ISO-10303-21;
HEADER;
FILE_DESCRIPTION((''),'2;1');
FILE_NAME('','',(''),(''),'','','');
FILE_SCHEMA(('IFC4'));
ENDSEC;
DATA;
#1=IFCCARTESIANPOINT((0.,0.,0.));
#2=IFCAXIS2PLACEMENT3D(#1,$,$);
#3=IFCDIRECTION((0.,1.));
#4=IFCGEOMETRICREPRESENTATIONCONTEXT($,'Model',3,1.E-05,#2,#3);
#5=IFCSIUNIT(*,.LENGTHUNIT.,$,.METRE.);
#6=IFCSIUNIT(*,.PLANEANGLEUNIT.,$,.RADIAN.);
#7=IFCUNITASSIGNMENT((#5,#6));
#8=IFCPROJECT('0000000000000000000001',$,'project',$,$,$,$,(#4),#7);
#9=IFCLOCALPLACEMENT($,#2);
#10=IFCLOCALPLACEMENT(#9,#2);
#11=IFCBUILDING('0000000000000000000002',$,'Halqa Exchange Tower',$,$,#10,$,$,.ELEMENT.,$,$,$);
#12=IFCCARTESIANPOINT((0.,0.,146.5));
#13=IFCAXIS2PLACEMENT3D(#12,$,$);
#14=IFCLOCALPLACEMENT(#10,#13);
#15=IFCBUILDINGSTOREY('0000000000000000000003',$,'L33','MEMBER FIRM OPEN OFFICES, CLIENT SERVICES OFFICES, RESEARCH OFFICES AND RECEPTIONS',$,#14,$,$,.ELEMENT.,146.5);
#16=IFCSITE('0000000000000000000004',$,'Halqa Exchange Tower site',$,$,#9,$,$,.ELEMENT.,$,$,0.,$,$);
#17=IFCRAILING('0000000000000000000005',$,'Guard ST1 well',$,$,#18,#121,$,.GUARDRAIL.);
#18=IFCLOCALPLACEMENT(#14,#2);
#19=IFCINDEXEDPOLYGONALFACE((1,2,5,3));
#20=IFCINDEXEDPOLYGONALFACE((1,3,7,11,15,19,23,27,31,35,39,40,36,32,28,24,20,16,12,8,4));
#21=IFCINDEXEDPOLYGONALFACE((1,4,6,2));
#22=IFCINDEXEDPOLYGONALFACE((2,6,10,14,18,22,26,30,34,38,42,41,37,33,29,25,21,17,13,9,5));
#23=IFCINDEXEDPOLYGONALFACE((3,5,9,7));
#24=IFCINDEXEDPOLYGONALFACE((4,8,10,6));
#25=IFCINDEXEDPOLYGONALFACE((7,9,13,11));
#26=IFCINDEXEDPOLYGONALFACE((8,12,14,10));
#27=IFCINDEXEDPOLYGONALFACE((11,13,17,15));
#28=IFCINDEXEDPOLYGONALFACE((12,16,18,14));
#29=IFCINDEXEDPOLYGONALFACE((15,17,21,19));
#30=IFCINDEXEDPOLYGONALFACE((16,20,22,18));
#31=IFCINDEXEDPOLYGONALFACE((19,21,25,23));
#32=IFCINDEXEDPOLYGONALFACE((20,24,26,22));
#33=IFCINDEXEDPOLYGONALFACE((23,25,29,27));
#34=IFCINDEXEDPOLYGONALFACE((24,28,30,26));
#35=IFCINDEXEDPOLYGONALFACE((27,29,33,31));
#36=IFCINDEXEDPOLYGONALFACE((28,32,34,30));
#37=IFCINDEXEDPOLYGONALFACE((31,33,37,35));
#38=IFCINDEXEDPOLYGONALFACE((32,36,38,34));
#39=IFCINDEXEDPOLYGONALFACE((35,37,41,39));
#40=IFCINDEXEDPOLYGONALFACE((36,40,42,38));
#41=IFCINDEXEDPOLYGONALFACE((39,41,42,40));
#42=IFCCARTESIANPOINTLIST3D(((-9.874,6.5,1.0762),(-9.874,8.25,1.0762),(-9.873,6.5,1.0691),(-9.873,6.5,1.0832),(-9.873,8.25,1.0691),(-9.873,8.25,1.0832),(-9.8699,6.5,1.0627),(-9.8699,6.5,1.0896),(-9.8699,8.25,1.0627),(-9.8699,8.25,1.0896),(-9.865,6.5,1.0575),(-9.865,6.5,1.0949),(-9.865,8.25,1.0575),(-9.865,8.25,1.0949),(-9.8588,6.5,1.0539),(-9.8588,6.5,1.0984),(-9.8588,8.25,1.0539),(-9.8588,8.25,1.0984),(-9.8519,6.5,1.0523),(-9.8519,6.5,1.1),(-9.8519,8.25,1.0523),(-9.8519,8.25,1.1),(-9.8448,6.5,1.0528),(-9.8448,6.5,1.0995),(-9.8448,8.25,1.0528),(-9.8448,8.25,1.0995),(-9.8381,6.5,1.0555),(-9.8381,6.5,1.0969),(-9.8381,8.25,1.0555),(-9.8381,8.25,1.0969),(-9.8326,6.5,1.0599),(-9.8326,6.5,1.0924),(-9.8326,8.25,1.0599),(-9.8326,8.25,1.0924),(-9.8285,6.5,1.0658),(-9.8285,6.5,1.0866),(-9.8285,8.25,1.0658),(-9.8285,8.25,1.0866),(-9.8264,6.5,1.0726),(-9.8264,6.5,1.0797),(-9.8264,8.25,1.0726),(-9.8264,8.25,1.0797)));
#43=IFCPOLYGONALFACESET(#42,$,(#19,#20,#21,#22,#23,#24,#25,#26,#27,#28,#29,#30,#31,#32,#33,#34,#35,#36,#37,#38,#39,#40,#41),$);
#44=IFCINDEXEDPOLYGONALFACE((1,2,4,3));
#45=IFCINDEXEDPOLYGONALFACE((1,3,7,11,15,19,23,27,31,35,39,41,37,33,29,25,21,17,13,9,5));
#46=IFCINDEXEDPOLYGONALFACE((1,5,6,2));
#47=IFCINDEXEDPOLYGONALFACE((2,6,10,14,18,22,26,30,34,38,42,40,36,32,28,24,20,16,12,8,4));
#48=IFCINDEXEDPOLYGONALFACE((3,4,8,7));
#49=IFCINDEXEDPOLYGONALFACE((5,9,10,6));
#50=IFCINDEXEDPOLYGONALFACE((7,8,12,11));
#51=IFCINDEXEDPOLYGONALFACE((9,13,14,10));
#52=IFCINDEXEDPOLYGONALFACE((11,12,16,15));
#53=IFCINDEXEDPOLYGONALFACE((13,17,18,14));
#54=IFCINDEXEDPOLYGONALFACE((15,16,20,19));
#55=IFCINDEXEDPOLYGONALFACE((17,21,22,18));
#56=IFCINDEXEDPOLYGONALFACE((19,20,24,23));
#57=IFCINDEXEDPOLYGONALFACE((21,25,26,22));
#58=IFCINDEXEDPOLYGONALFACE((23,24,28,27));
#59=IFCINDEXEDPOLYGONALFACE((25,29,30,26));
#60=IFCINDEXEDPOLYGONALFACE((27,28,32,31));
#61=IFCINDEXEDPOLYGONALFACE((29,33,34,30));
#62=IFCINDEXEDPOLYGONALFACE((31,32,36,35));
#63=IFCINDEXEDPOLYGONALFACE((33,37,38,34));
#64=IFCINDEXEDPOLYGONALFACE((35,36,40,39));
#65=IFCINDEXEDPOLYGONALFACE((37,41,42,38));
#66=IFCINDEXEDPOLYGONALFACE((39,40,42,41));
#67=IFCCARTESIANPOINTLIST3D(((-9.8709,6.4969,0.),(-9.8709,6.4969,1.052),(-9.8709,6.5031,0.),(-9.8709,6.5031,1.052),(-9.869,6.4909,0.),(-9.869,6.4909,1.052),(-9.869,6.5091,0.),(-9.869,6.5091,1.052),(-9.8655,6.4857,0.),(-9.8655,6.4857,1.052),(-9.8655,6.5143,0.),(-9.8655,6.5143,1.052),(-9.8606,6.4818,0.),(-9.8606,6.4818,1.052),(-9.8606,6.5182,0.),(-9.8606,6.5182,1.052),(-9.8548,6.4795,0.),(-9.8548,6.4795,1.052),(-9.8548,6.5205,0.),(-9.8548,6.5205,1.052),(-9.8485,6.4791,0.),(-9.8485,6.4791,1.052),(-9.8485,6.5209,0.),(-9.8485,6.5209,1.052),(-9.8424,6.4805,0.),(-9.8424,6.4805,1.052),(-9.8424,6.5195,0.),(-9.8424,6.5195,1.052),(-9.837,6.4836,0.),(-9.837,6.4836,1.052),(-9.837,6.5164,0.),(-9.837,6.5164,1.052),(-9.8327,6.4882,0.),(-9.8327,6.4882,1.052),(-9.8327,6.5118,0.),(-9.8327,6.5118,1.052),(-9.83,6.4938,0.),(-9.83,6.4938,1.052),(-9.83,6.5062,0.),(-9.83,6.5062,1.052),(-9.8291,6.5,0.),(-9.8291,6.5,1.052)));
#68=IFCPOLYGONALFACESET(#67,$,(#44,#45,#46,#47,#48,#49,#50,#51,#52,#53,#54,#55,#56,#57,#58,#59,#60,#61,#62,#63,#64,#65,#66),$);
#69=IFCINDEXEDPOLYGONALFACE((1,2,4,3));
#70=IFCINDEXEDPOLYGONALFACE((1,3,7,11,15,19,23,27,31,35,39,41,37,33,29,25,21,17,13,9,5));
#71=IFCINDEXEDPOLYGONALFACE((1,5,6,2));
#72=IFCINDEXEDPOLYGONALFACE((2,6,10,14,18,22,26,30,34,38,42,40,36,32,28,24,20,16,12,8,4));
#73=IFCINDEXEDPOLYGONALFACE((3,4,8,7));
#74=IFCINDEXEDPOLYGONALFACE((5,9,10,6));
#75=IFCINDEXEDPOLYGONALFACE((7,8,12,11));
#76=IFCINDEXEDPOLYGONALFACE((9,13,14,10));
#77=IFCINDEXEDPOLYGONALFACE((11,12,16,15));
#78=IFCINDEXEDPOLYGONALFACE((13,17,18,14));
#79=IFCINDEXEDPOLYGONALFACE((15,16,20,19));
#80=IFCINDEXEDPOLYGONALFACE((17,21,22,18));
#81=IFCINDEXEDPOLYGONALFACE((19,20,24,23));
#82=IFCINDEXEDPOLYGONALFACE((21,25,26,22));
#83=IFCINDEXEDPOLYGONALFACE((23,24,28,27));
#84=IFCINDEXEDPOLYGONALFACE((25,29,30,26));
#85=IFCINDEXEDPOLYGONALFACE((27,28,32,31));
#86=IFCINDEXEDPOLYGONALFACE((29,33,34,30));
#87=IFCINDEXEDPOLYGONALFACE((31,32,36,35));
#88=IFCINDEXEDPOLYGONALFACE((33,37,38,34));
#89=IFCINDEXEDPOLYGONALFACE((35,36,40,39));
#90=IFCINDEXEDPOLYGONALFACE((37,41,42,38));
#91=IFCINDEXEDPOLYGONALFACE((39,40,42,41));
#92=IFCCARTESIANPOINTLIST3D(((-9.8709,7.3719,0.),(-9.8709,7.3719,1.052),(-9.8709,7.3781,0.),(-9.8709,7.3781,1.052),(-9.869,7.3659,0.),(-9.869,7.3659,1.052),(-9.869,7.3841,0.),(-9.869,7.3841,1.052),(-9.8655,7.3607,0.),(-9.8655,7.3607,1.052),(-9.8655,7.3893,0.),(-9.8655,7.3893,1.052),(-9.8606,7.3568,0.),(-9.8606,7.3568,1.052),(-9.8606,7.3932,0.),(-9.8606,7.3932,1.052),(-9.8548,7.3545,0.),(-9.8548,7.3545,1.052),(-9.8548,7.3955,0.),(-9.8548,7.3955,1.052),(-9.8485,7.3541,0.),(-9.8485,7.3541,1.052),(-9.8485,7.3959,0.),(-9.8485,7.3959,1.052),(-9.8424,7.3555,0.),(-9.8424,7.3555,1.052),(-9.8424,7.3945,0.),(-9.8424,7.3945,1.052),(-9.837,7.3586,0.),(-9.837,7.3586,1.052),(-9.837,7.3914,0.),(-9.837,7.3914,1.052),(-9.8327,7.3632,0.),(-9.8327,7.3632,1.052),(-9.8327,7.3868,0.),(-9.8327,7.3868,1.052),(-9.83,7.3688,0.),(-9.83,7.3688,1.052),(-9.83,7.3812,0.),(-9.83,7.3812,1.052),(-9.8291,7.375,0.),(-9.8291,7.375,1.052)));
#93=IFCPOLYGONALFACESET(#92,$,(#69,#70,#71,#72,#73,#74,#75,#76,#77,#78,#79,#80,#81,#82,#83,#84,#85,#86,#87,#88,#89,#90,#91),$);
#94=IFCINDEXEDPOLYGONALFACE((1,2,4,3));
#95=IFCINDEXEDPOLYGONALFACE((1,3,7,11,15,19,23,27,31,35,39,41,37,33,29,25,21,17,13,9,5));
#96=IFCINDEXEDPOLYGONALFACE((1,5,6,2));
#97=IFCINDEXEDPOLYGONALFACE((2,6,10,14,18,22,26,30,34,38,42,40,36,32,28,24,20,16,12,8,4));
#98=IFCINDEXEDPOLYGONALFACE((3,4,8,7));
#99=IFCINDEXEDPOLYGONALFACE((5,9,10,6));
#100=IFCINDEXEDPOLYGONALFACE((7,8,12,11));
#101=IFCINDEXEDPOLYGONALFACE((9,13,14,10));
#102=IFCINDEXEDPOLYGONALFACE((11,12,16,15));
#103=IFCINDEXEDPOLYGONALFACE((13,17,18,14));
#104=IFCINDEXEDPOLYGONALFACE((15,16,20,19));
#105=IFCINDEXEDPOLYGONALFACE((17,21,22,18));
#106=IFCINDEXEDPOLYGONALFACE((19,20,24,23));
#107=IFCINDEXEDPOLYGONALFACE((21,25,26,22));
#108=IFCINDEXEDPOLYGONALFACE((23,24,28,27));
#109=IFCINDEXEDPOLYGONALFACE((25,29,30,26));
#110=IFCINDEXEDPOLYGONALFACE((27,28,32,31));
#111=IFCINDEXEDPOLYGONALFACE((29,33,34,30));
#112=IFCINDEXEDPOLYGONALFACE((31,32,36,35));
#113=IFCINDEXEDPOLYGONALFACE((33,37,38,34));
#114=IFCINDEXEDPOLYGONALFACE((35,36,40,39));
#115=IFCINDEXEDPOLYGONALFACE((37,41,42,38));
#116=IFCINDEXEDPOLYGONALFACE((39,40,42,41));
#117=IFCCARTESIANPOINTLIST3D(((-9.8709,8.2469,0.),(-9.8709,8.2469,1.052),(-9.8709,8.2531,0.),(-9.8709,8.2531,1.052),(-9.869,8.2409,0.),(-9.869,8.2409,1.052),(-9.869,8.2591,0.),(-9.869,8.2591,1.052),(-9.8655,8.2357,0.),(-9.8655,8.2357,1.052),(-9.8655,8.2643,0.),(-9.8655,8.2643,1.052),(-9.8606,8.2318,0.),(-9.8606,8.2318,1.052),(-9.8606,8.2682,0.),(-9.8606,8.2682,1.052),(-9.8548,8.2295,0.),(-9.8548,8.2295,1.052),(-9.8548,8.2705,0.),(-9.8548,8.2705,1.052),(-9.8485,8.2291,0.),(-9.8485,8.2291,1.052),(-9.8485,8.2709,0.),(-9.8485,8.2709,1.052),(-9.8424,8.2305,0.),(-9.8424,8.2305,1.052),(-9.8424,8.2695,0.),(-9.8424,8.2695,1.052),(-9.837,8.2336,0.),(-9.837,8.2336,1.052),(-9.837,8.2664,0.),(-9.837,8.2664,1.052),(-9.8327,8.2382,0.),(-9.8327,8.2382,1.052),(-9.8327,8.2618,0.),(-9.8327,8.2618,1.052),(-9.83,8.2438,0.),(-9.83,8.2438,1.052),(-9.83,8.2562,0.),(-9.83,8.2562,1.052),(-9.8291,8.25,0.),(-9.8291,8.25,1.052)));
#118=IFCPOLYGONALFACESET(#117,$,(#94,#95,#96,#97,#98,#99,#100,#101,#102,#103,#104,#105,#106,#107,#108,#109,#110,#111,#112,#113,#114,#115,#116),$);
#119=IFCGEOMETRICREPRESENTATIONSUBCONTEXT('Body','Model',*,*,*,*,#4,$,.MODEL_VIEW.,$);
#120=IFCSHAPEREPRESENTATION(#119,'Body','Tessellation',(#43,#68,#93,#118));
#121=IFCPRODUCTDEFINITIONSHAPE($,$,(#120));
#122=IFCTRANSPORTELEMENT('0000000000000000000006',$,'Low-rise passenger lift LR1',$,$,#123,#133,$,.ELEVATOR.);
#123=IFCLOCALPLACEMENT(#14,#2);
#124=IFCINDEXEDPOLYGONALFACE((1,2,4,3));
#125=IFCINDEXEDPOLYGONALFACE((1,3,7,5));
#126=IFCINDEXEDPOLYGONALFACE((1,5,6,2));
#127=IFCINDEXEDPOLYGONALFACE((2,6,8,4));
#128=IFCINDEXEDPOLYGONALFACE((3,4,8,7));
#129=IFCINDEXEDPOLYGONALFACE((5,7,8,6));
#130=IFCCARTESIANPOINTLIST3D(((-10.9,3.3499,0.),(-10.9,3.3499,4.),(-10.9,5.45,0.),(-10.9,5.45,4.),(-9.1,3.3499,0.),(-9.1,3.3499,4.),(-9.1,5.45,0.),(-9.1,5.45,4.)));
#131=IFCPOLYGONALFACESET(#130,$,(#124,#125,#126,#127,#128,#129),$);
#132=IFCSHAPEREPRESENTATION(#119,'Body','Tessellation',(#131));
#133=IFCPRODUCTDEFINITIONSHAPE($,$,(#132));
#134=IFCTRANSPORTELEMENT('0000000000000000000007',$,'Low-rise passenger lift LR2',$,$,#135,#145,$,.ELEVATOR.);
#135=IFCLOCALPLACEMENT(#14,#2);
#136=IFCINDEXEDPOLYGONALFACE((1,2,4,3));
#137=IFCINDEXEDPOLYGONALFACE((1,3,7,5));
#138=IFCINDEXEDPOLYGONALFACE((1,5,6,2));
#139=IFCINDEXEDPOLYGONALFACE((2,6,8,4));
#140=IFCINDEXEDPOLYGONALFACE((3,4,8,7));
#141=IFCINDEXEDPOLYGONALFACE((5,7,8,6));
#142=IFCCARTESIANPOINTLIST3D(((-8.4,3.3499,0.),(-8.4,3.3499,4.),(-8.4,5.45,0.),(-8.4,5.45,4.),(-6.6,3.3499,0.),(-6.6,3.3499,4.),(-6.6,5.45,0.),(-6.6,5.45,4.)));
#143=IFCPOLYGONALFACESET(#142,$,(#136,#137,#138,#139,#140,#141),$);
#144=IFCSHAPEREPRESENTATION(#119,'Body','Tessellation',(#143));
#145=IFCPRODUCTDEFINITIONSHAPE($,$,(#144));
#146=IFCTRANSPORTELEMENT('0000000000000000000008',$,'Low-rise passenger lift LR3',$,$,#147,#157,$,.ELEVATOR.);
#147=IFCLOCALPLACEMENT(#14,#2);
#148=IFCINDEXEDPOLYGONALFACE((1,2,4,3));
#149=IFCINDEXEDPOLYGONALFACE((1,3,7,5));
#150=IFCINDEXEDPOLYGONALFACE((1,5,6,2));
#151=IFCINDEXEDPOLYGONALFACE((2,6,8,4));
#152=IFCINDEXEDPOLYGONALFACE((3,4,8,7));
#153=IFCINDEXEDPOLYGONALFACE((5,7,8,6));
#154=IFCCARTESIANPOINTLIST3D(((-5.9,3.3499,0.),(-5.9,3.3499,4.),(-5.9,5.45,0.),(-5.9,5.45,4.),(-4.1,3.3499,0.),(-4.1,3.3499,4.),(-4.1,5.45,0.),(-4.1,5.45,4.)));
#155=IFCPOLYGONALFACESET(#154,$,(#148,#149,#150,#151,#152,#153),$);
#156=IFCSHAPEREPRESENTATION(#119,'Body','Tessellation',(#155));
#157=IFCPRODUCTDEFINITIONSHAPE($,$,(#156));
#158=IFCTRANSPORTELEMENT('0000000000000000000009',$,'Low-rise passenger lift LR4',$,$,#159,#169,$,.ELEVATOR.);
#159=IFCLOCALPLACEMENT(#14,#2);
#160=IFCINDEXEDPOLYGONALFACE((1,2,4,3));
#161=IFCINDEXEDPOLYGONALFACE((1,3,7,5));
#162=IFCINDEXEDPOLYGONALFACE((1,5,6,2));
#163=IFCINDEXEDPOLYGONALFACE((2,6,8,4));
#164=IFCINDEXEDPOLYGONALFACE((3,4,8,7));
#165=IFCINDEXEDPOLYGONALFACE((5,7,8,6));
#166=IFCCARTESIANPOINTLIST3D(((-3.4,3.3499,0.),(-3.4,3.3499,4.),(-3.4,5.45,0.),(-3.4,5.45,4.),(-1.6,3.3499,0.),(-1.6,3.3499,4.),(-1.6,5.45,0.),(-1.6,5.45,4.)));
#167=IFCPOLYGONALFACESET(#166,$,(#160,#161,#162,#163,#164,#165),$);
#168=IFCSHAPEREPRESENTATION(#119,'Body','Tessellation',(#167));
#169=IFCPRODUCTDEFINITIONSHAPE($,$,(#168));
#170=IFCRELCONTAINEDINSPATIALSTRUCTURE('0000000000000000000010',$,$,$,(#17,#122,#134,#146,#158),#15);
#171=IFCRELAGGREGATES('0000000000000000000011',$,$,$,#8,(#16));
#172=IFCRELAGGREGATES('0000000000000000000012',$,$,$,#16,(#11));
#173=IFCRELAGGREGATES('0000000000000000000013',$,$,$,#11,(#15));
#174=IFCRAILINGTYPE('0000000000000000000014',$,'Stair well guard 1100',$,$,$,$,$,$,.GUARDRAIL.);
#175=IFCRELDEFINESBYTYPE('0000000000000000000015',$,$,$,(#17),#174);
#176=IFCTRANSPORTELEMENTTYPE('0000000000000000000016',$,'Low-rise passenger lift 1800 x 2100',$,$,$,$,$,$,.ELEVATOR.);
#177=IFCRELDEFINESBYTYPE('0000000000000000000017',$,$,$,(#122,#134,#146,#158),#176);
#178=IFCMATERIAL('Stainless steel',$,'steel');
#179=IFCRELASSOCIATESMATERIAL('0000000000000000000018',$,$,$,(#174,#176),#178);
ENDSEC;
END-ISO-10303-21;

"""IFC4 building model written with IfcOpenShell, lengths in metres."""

from ifc_helpers import new_model, si_unit, direction, frame, origin, origin_2d, place, context, subcontext, project, spatial, rectangle, circle, extrude, material, type_object, element, save


model = new_model("IFC4")

# Units and contexts
model_context = context("Model", 3, precision=1e-05, world=origin(), true_north=direction((0.0, 1.0)))
body_context = subcontext(model_context, "Body", "Model", "MODEL_VIEW")
ifc_project = project(units=[si_unit("LENGTHUNIT", "METRE"), si_unit("PLANEANGLEUNIT", "RADIAN")], contexts=[model_context])

# Site, building, storey
site_placement = place(None, origin())
site = spatial("IfcSite", under=ifc_project, at=site_placement, Name="Halqa Exchange Tower site", CompositionType="ELEMENT", RefElevation=0.0)
building_placement = place(site_placement, origin())
building = spatial("IfcBuilding", under=site, at=building_placement, Name="Halqa Exchange Tower", CompositionType="ELEMENT")
storey_placement = place(building_placement, frame((0.0, 0.0, 146.5)))
storey = spatial("IfcBuildingStorey", under=building, at=storey_placement, Name="L33", Description="MEMBER FIRM OPEN OFFICES, CLIENT SERVICES OFFICES, RESEARCH OFFICES AND RECEPTIONS", CompositionType="ELEMENT", Elevation=146.5)

# Shared definitions
ifc_material_1 = material(Name="Stainless steel", Category="steel")

# Railing
railing_type_1 = type_object("IfcRailingType", Name="Stair well guard 1100", PredefinedType="GUARDRAIL", material=ifc_material_1)
railing_1_placement = place(storey_placement, frame((-9.8501, 6.5, 0.0)))
element("IfcRailing", 1, at=railing_1_placement, inside=storey, type_object=railing_type_1, Name="Guard ST1 well", PredefinedType="GUARDRAIL", context=body_context, shape_type="SweptSolid", body=[
    extrude(circle(Radius=0.0239, at=origin_2d()), frame((0.0, 0.0, 1.0762), z_axis=(0.0, 1.0, 0.0), x_axis=(-1.0, 0.0, 0.0)), (0.0, 0.0, 1.0), 1.75),
    extrude(circle(Radius=0.021, at=origin_2d()), origin(), (0.0, 0.0, 1.0), 1.052),
    extrude(circle(Radius=0.021, at=origin_2d()), frame((0.0, 0.875, 0.0)), (0.0, 0.0, 1.0), 1.052),
    extrude(circle(Radius=0.021, at=origin_2d()), frame((0.0, 1.75, 0.0)), (0.0, 0.0, 1.0), 1.052),
])

# Transport elements
transport_element_type = type_object("IfcTransportElementType", Name="Low-rise passenger lift 1800 x 2100", PredefinedType="ELEVATOR", material=ifc_material_1)
for number, where, z_axis, x_axis, name in (
    (2, (-10.0, 4.3999, 0.0), (0.0, 0.0, 1.0), (1.0, 0.0, 0.0), "Low-rise passenger lift LR1"),
    (3, (-7.5, 4.3999, 0.0), (0.0, 0.0, 1.0), (1.0, 0.0, 0.0), "Low-rise passenger lift LR2"),
    (4, (-5.0, 4.3999, 0.0), (0.0, 0.0, 1.0), (1.0, 0.0, 0.0), "Low-rise passenger lift LR3"),
    (5, (-2.5, 4.3999, 0.0), (0.0, 0.0, 1.0), (1.0, 0.0, 0.0), "Low-rise passenger lift LR4"),
):
    element("IfcTransportElement", number, at=place(storey_placement, frame(where, z_axis=z_axis, x_axis=x_axis)), inside=storey, type_object=transport_element_type, Name=name, PredefinedType="ELEVATOR", context=body_context, shape_type="SweptSolid", body=[
        extrude(rectangle(XDim=1.8, YDim=2.1001, at=origin_2d()), origin(), (0.0, 0.0, 1.0), 4.0),
    ])

save(model, "model.ifc")
